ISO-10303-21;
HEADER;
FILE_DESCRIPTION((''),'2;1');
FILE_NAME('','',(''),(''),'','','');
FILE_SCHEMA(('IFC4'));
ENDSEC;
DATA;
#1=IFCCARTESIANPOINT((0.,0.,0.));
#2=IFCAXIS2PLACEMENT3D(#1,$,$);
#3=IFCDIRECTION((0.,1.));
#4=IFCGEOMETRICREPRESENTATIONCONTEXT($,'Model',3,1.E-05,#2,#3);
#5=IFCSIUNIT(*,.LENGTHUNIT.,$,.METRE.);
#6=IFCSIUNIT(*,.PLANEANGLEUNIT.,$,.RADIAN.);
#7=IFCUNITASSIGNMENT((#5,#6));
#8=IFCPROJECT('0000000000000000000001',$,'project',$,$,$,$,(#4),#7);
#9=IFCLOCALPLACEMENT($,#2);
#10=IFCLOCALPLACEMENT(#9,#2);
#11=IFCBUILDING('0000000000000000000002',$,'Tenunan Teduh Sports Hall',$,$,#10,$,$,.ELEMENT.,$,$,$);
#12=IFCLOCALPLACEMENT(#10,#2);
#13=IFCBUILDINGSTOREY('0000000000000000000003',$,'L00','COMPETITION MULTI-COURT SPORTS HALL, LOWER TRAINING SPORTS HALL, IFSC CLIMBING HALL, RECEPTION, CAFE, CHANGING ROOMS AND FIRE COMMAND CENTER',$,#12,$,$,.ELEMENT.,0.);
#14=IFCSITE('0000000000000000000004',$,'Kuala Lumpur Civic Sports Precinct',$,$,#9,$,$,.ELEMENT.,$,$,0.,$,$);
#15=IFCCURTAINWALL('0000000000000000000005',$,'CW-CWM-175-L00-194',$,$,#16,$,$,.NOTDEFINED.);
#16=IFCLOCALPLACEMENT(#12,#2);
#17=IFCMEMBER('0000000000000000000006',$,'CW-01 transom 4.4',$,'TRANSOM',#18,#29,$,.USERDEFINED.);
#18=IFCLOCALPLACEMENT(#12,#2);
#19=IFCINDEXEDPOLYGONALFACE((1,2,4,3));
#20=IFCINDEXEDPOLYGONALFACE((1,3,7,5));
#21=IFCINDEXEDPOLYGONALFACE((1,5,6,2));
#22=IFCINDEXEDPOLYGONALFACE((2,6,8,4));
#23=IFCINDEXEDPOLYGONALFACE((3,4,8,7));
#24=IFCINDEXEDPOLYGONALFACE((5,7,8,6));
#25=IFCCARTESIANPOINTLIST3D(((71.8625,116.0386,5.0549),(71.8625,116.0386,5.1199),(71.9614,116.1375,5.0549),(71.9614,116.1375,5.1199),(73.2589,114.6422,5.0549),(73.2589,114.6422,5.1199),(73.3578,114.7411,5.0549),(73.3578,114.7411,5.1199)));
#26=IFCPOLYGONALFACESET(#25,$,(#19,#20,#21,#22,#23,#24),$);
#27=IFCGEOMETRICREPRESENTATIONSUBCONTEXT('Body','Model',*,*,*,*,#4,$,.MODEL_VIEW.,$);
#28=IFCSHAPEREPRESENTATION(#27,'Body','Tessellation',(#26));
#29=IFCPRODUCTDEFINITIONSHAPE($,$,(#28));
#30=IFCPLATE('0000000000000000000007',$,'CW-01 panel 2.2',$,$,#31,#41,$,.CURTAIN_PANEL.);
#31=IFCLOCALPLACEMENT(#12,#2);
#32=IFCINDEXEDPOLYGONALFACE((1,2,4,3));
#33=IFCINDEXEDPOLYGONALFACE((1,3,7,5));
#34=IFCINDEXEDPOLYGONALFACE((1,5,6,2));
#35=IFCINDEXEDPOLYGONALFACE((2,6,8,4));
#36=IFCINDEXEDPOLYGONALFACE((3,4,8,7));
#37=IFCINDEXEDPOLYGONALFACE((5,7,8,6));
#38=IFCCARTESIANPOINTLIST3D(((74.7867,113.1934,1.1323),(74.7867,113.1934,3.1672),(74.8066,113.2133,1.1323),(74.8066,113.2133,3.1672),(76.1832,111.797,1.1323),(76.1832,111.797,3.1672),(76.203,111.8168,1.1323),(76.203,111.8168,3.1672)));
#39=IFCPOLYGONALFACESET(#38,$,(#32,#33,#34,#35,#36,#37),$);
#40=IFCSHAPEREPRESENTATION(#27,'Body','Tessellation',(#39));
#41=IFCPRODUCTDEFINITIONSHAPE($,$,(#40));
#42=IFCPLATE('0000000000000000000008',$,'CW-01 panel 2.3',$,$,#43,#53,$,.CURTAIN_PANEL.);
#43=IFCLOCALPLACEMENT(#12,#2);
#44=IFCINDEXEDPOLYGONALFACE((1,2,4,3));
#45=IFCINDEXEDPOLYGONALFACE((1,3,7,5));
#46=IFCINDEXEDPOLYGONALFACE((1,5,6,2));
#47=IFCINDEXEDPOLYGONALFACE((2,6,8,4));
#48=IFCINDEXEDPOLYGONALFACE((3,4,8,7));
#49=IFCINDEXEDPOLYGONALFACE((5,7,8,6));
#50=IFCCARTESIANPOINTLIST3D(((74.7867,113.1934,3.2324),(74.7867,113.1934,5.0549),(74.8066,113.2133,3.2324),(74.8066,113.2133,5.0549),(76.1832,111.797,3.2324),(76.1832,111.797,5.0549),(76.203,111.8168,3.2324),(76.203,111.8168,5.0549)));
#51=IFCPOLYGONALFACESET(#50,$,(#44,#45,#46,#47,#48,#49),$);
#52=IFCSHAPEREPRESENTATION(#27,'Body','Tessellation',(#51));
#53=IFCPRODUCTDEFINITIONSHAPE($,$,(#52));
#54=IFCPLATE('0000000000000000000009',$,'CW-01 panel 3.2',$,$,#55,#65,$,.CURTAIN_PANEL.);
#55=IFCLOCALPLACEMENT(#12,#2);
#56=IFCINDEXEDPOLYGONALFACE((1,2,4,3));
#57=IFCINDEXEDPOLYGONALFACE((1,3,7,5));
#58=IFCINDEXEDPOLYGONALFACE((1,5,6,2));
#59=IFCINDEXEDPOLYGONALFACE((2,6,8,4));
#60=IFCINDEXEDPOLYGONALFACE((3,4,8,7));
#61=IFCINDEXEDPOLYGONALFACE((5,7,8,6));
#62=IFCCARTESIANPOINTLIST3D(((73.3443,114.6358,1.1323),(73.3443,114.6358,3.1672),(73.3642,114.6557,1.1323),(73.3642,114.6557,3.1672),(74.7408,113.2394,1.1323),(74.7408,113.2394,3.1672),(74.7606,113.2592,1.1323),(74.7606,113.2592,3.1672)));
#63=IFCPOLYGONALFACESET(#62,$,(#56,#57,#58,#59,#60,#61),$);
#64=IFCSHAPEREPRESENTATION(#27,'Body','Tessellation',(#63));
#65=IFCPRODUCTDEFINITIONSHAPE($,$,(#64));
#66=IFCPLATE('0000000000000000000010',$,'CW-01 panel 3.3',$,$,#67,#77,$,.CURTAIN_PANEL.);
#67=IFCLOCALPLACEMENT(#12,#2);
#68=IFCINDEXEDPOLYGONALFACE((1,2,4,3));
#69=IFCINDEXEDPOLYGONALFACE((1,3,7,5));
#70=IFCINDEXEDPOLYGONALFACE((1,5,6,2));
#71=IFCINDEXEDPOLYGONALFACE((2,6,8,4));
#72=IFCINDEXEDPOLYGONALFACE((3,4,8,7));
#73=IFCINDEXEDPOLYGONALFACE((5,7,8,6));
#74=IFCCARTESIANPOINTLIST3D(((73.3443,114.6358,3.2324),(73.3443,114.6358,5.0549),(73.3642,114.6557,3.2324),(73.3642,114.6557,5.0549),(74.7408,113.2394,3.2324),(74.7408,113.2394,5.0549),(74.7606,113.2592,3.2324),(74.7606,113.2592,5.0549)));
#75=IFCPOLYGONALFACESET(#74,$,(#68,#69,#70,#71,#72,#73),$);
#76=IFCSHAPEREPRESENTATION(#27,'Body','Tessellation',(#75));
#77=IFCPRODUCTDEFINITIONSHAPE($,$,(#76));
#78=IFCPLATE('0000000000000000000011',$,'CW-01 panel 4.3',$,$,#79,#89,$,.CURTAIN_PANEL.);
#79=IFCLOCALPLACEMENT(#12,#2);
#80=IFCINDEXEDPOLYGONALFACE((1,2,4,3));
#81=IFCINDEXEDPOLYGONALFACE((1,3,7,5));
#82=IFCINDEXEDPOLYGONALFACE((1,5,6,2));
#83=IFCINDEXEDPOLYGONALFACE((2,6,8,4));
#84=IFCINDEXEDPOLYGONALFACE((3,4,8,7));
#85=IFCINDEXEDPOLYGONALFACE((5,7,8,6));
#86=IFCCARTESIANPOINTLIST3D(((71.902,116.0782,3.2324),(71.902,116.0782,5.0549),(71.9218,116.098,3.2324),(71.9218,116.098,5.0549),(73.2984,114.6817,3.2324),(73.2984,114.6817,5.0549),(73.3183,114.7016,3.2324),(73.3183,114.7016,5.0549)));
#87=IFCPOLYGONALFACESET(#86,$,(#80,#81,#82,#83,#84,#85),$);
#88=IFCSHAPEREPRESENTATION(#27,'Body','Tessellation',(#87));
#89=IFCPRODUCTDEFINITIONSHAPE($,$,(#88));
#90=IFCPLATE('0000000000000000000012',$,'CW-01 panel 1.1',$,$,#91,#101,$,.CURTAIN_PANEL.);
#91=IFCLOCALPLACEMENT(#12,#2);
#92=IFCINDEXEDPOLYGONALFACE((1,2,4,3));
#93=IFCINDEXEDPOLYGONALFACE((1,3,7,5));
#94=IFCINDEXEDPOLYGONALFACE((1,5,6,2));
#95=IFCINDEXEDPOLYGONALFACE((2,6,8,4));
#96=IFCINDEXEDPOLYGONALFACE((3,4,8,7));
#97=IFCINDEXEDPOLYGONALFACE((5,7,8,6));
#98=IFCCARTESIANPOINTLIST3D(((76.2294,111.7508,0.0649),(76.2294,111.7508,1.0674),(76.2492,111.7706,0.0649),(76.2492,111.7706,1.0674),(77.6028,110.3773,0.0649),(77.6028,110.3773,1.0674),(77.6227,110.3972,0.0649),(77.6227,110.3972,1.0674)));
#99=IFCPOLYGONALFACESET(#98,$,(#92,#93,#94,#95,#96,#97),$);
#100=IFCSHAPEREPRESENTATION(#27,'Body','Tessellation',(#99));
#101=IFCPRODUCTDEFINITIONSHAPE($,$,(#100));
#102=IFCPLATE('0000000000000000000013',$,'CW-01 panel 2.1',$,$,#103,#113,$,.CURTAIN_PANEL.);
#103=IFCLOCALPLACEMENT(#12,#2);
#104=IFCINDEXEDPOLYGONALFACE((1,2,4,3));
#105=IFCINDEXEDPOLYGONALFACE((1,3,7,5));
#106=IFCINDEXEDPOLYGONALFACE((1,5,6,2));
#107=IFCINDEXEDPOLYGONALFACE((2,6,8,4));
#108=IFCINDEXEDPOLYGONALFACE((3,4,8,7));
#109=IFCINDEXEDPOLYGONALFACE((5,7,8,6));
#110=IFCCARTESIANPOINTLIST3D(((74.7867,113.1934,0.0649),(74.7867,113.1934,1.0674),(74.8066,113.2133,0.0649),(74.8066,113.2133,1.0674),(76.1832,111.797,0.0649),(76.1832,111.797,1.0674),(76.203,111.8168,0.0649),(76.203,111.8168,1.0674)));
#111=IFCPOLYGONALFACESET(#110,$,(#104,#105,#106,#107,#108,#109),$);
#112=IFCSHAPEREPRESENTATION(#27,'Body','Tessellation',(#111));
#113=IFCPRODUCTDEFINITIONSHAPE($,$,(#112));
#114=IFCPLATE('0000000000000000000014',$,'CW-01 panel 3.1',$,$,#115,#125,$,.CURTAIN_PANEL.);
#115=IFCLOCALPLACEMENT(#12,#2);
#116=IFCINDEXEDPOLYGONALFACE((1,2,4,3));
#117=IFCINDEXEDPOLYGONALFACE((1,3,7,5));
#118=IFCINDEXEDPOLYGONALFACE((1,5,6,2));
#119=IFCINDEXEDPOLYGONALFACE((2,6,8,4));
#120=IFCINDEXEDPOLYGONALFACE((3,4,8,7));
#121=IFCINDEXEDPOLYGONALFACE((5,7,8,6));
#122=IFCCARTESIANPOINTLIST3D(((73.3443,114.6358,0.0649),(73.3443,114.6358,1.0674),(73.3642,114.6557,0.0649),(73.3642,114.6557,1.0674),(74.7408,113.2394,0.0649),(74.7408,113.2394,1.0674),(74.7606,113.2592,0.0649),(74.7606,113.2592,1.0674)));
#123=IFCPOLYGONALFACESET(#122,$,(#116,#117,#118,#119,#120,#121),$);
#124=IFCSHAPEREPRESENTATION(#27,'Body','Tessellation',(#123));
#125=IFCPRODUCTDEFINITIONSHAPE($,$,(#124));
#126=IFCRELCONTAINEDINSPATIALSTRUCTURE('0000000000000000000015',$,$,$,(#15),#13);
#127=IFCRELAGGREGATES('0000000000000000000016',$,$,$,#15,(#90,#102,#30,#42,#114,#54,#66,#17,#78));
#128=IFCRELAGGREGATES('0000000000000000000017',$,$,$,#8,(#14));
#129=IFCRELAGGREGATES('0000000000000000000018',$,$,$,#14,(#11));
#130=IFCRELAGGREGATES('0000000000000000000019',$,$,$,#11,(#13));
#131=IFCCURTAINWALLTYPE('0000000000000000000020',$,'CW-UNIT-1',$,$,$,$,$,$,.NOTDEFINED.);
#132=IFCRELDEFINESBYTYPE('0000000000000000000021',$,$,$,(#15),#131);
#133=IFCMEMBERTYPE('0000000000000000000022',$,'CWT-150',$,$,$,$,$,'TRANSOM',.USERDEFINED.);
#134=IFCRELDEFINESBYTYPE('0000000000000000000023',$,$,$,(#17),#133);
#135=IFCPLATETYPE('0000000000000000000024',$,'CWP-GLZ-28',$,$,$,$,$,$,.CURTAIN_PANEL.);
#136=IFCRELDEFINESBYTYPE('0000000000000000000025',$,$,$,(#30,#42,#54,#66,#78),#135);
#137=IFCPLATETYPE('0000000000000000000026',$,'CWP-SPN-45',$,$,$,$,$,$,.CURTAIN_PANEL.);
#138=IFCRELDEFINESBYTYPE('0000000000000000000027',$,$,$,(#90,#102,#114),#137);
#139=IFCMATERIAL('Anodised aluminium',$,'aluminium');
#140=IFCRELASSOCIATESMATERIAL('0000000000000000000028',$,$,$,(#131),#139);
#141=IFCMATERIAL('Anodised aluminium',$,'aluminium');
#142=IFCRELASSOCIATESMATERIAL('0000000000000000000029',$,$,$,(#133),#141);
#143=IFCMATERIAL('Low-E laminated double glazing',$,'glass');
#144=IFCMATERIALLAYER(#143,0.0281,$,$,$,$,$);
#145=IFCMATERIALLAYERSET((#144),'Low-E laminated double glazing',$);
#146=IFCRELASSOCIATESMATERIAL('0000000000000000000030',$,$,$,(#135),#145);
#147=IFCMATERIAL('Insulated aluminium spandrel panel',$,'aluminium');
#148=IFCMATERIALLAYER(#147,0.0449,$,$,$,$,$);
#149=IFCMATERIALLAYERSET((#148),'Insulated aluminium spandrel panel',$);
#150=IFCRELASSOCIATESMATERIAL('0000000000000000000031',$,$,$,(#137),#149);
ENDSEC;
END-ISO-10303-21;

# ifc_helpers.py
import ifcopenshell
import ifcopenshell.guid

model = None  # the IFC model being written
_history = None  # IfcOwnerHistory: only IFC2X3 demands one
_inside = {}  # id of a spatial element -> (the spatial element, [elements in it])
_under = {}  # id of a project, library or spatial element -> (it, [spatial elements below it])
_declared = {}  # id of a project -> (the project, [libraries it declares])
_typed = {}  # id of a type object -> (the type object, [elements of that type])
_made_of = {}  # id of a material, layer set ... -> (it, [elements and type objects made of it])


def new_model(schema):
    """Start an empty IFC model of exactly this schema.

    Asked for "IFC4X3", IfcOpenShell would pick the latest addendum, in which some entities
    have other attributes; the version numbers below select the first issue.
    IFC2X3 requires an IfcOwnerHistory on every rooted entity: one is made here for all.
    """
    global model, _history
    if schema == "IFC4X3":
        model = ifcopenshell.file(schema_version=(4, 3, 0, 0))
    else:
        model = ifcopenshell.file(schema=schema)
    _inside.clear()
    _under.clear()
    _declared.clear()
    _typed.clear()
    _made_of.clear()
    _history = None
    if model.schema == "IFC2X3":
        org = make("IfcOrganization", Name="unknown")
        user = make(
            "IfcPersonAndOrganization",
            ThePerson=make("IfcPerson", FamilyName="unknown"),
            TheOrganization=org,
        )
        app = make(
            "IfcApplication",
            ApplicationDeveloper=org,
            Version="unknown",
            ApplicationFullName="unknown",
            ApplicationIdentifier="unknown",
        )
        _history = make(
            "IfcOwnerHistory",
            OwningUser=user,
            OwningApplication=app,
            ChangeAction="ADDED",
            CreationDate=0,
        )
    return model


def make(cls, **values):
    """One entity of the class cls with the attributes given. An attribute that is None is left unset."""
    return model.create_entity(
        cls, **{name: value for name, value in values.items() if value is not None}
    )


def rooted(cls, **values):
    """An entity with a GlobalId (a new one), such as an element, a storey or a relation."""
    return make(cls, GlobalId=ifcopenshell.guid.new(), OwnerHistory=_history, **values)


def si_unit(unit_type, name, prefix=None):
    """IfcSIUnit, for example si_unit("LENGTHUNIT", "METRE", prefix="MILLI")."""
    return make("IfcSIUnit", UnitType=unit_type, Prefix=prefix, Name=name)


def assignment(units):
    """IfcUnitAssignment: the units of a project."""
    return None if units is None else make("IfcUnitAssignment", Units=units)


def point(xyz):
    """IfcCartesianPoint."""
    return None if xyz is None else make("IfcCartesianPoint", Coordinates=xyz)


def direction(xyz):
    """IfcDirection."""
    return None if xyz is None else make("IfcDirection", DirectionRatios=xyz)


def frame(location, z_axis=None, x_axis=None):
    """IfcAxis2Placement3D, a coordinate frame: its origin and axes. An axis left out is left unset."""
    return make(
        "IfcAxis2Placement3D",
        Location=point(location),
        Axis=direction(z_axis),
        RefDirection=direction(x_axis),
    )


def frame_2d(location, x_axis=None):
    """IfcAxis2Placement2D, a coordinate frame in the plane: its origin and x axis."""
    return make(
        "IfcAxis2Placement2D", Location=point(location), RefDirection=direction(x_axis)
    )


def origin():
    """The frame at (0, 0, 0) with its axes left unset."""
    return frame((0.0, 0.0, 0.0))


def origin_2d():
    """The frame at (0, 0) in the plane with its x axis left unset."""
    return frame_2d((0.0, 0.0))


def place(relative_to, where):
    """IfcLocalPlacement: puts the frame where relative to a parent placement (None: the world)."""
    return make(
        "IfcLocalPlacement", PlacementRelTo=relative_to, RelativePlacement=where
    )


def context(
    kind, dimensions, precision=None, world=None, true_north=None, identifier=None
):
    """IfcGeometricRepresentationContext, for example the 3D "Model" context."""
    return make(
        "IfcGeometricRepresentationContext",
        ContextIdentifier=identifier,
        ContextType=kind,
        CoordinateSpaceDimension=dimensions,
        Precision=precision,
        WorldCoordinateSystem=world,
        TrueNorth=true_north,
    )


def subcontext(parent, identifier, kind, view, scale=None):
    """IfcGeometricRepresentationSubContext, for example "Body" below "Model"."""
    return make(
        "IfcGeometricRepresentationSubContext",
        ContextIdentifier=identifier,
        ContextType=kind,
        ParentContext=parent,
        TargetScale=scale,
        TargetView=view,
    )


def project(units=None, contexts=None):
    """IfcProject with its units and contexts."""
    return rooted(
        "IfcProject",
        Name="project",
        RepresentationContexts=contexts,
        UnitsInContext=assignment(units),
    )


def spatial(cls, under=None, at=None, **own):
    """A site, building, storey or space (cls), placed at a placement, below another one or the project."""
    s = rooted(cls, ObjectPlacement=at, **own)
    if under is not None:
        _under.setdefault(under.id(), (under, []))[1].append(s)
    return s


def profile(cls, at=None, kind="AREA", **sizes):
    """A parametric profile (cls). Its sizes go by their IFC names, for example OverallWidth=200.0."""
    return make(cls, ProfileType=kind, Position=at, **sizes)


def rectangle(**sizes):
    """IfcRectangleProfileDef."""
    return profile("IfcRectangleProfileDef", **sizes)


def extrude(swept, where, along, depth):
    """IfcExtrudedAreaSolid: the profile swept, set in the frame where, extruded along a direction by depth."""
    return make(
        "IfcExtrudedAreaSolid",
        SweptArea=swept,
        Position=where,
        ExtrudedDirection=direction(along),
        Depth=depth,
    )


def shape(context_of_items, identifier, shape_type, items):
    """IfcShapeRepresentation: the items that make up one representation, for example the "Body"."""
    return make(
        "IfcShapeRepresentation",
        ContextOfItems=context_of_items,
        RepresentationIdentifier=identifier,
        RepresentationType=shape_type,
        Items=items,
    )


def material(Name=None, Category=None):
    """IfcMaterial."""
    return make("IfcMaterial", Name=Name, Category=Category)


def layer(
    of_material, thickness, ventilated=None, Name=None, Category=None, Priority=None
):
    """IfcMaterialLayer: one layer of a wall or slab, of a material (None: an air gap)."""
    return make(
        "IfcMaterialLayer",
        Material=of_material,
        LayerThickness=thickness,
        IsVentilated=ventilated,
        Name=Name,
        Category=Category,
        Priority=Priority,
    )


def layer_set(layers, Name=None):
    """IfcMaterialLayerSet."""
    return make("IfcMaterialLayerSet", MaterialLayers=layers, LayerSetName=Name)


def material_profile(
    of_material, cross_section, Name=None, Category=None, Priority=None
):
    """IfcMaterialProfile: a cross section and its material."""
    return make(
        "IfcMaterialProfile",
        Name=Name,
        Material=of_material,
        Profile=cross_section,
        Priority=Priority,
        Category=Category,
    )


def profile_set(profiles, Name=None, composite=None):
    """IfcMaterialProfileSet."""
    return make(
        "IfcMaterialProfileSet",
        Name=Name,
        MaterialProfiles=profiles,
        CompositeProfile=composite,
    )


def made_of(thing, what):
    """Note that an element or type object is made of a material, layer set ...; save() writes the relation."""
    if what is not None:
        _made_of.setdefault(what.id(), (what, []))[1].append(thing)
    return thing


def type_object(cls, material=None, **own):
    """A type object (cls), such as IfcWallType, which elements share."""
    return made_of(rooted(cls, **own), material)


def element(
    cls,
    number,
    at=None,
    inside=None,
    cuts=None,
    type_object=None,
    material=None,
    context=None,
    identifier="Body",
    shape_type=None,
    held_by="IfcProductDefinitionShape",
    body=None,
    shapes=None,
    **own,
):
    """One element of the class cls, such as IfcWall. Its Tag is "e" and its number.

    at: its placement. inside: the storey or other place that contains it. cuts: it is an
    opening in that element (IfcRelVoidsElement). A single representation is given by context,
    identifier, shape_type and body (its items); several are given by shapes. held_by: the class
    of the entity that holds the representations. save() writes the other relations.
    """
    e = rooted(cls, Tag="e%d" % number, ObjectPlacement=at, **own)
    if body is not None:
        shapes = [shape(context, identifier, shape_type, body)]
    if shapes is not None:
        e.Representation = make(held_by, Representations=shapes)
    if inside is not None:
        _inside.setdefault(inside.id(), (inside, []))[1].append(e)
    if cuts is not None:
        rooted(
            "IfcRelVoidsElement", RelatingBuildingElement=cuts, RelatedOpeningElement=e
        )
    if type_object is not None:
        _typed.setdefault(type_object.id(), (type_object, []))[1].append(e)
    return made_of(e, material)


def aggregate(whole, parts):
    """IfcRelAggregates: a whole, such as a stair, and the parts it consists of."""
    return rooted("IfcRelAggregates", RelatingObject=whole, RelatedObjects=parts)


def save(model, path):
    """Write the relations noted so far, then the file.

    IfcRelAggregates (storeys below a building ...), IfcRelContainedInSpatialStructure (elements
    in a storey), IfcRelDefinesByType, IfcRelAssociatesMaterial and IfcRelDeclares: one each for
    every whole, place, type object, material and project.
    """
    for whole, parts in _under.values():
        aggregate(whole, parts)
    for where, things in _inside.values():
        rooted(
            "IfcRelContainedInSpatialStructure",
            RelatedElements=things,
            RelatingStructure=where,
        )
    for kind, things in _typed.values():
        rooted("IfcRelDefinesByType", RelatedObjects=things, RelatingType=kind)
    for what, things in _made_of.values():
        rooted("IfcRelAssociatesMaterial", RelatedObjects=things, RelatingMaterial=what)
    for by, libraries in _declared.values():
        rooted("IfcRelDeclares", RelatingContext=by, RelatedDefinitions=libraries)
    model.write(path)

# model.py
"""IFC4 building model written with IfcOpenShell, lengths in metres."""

from ifc_helpers import new_model, si_unit, direction, frame, origin, origin_2d, place, context, subcontext, project, spatial, rectangle, extrude, material, layer, layer_set, material_profile, profile_set, type_object, element, aggregate, save


model = new_model("IFC4")

# Units and contexts
model_context = context("Model", 3, precision=1e-05, world=origin(), true_north=direction((0.0, 1.0)))
body_context = subcontext(model_context, "Body", "Model", "MODEL_VIEW")
ifc_project = project(units=[si_unit("LENGTHUNIT", "METRE"), si_unit("PLANEANGLEUNIT", "RADIAN")], contexts=[model_context])

# Site, building, storey
site_placement = place(None, origin())
site = spatial("IfcSite", under=ifc_project, at=site_placement, Name="Kuala Lumpur Civic Sports Precinct", CompositionType="ELEMENT", RefElevation=0.0)
building_placement = place(site_placement, origin())
building = spatial("IfcBuilding", under=site, at=building_placement, Name="Tenunan Teduh Sports Hall", CompositionType="ELEMENT")
storey_placement = place(building_placement, origin())
storey = spatial("IfcBuildingStorey", under=building, at=storey_placement, Name="L00", Description="COMPETITION MULTI-COURT SPORTS HALL, LOWER TRAINING SPORTS HALL, IFSC CLIMBING HALL, RECEPTION, CAFE, CHANGING ROOMS AND FIRE COMMAND CENTER", CompositionType="ELEMENT", Elevation=0.0)

# Curtain wall, member, plates
ifc_material_1 = material(Name="Anodised aluminium", Category="aluminium")
curtain_wall_type = type_object("IfcCurtainWallType", Name="CW-UNIT-1", PredefinedType="NOTDEFINED", material=ifc_material_1)
curtain_wall_placement = place(storey_placement, origin())
curtain_wall = element("IfcCurtainWall", 1, at=curtain_wall_placement, inside=storey, type_object=curtain_wall_type, Name="CW-CWM-175-L00-194", PredefinedType="NOTDEFINED")
ifc_material_2 = material(Name="Anodised aluminium", Category="aluminium")
ifc_material_profile_1 = material_profile(ifc_material_2, rectangle(XDim=0.0649, YDim=0.1399, at=origin_2d()), Name="CWT 65x140")
ifc_profile_set_1 = profile_set([ifc_material_profile_1], Name="Anodised aluminium")
member_type_1 = type_object("IfcMemberType", Name="CWT-150", ElementType="TRANSOM", PredefinedType="USERDEFINED", material=ifc_profile_set_1)
member_1_placement = place(storey_placement, frame((73.3083, 114.6917, 5.0874), z_axis=(-0.707107, 0.707107, 0.0), x_axis=(0.0, 0.0, 1.0)))
member_1 = element("IfcMember", 2, at=member_1_placement, type_object=member_type_1, Name="CW-01 transom 4.4", ObjectType="TRANSOM", PredefinedType="USERDEFINED", context=body_context, shape_type="SweptSolid", body=[
    extrude(rectangle(XDim=0.0649, YDim=0.1399, at=origin_2d()), origin(), (0.0, 0.0, 1.0), 1.9749),
])
ifc_material_3 = material(Name="Low-E laminated double glazing", Category="glass")
ifc_layer_1 = layer(ifc_material_3, 0.0281)
ifc_layer_set_1 = layer_set([ifc_layer_1], Name="Low-E laminated double glazing")
plate_type_1 = type_object("IfcPlateType", Name="CWP-GLZ-28", PredefinedType="CURTAIN_PANEL", material=ifc_layer_set_1)
plate_1_placement = place(storey_placement, frame((75.4949, 112.5051, 1.1323), z_axis=(0.0, 0.0, 1.0), x_axis=(-0.707107, 0.707107, 0.0)))
plate_1 = element("IfcPlate", 3, at=plate_1_placement, type_object=plate_type_1, Name="CW-01 panel 2.2", PredefinedType="CURTAIN_PANEL", context=body_context, shape_type="SweptSolid", body=[
    extrude(rectangle(XDim=1.9749, YDim=0.0281, at=origin_2d()), origin(), (0.0, 0.0, 1.0), 2.0349),
])
plate_2_placement = place(storey_placement, frame((75.4949, 112.5051, 3.2324), z_axis=(0.0, 0.0, 1.0), x_axis=(-0.707107, 0.707107, 0.0)))
plate_2 = element("IfcPlate", 4, at=plate_2_placement, type_object=plate_type_1, Name="CW-01 panel 2.3", PredefinedType="CURTAIN_PANEL", context=body_context, shape_type="SweptSolid", body=[
    extrude(rectangle(XDim=1.9749, YDim=0.0281, at=origin_2d()), origin(), (0.0, 0.0, 1.0), 1.8225),
])
plate_3_placement = place(storey_placement, frame((74.0525, 113.9475, 1.1323), z_axis=(0.0, 0.0, 1.0), x_axis=(-0.707107, 0.707107, 0.0)))
plate_3 = element("IfcPlate", 5, at=plate_3_placement, type_object=plate_type_1, Name="CW-01 panel 3.2", PredefinedType="CURTAIN_PANEL", context=body_context, shape_type="SweptSolid", body=[
    extrude(rectangle(XDim=1.9749, YDim=0.0281, at=origin_2d()), origin(), (0.0, 0.0, 1.0), 2.0349),
])
plate_4_placement = place(storey_placement, frame((74.0525, 113.9475, 3.2324), z_axis=(0.0, 0.0, 1.0), x_axis=(-0.707107, 0.707107, 0.0)))
plate_4 = element("IfcPlate", 6, at=plate_4_placement, type_object=plate_type_1, Name="CW-01 panel 3.3", PredefinedType="CURTAIN_PANEL", context=body_context, shape_type="SweptSolid", body=[
    extrude(rectangle(XDim=1.9749, YDim=0.0281, at=origin_2d()), origin(), (0.0, 0.0, 1.0), 1.8225),
])
plate_5_placement = place(storey_placement, frame((72.6101, 115.3899, 3.2324), z_axis=(0.0, 0.0, 1.0), x_axis=(-0.707107, 0.707107, 0.0)))
plate_5 = element("IfcPlate", 7, at=plate_5_placement, type_object=plate_type_1, Name="CW-01 panel 4.3", PredefinedType="CURTAIN_PANEL", context=body_context, shape_type="SweptSolid", body=[
    extrude(rectangle(XDim=1.9749, YDim=0.0281, at=origin_2d()), origin(), (0.0, 0.0, 1.0), 1.8225),
])
ifc_material_4 = material(Name="Insulated aluminium spandrel panel", Category="aluminium")
ifc_layer_2 = layer(ifc_material_4, 0.0449)
ifc_layer_set_2 = layer_set([ifc_layer_2], Name="Insulated aluminium spandrel panel")
plate_type_2 = type_object("IfcPlateType", Name="CWP-SPN-45", PredefinedType="CURTAIN_PANEL", material=ifc_layer_set_2)
plate_6_placement = place(storey_placement, frame((76.926, 111.074, 0.0649), z_axis=(0.0, 0.0, 1.0), x_axis=(-0.707107, 0.707107, 0.0)))
plate_6 = element("IfcPlate", 8, at=plate_6_placement, type_object=plate_type_2, Name="CW-01 panel 1.1", PredefinedType="CURTAIN_PANEL", context=body_context, shape_type="SweptSolid", body=[
    extrude(rectangle(XDim=1.9424, YDim=0.0281, at=origin_2d()), origin(), (0.0, 0.0, 1.0), 1.0024),
])
plate_7_placement = place(storey_placement, frame((75.4949, 112.5051, 0.0649), z_axis=(0.0, 0.0, 1.0), x_axis=(-0.707107, 0.707107, 0.0)))
plate_7 = element("IfcPlate", 9, at=plate_7_placement, type_object=plate_type_2, Name="CW-01 panel 2.1", PredefinedType="CURTAIN_PANEL", context=body_context, shape_type="SweptSolid", body=[
    extrude(rectangle(XDim=1.9749, YDim=0.0281, at=origin_2d()), origin(), (0.0, 0.0, 1.0), 1.0024),
])
plate_8_placement = place(storey_placement, frame((74.0525, 113.9475, 0.0649), z_axis=(0.0, 0.0, 1.0), x_axis=(-0.707107, 0.707107, 0.0)))
plate_8 = element("IfcPlate", 10, at=plate_8_placement, type_object=plate_type_2, Name="CW-01 panel 3.1", PredefinedType="CURTAIN_PANEL", context=body_context, shape_type="SweptSolid", body=[
    extrude(rectangle(XDim=1.9749, YDim=0.0281, at=origin_2d()), origin(), (0.0, 0.0, 1.0), 1.0024),
])
aggregate(curtain_wall, [plate_6, plate_7, plate_1, plate_2, plate_8, plate_3, plate_4, member_1, plate_5])

save(model, "model.ifc")
